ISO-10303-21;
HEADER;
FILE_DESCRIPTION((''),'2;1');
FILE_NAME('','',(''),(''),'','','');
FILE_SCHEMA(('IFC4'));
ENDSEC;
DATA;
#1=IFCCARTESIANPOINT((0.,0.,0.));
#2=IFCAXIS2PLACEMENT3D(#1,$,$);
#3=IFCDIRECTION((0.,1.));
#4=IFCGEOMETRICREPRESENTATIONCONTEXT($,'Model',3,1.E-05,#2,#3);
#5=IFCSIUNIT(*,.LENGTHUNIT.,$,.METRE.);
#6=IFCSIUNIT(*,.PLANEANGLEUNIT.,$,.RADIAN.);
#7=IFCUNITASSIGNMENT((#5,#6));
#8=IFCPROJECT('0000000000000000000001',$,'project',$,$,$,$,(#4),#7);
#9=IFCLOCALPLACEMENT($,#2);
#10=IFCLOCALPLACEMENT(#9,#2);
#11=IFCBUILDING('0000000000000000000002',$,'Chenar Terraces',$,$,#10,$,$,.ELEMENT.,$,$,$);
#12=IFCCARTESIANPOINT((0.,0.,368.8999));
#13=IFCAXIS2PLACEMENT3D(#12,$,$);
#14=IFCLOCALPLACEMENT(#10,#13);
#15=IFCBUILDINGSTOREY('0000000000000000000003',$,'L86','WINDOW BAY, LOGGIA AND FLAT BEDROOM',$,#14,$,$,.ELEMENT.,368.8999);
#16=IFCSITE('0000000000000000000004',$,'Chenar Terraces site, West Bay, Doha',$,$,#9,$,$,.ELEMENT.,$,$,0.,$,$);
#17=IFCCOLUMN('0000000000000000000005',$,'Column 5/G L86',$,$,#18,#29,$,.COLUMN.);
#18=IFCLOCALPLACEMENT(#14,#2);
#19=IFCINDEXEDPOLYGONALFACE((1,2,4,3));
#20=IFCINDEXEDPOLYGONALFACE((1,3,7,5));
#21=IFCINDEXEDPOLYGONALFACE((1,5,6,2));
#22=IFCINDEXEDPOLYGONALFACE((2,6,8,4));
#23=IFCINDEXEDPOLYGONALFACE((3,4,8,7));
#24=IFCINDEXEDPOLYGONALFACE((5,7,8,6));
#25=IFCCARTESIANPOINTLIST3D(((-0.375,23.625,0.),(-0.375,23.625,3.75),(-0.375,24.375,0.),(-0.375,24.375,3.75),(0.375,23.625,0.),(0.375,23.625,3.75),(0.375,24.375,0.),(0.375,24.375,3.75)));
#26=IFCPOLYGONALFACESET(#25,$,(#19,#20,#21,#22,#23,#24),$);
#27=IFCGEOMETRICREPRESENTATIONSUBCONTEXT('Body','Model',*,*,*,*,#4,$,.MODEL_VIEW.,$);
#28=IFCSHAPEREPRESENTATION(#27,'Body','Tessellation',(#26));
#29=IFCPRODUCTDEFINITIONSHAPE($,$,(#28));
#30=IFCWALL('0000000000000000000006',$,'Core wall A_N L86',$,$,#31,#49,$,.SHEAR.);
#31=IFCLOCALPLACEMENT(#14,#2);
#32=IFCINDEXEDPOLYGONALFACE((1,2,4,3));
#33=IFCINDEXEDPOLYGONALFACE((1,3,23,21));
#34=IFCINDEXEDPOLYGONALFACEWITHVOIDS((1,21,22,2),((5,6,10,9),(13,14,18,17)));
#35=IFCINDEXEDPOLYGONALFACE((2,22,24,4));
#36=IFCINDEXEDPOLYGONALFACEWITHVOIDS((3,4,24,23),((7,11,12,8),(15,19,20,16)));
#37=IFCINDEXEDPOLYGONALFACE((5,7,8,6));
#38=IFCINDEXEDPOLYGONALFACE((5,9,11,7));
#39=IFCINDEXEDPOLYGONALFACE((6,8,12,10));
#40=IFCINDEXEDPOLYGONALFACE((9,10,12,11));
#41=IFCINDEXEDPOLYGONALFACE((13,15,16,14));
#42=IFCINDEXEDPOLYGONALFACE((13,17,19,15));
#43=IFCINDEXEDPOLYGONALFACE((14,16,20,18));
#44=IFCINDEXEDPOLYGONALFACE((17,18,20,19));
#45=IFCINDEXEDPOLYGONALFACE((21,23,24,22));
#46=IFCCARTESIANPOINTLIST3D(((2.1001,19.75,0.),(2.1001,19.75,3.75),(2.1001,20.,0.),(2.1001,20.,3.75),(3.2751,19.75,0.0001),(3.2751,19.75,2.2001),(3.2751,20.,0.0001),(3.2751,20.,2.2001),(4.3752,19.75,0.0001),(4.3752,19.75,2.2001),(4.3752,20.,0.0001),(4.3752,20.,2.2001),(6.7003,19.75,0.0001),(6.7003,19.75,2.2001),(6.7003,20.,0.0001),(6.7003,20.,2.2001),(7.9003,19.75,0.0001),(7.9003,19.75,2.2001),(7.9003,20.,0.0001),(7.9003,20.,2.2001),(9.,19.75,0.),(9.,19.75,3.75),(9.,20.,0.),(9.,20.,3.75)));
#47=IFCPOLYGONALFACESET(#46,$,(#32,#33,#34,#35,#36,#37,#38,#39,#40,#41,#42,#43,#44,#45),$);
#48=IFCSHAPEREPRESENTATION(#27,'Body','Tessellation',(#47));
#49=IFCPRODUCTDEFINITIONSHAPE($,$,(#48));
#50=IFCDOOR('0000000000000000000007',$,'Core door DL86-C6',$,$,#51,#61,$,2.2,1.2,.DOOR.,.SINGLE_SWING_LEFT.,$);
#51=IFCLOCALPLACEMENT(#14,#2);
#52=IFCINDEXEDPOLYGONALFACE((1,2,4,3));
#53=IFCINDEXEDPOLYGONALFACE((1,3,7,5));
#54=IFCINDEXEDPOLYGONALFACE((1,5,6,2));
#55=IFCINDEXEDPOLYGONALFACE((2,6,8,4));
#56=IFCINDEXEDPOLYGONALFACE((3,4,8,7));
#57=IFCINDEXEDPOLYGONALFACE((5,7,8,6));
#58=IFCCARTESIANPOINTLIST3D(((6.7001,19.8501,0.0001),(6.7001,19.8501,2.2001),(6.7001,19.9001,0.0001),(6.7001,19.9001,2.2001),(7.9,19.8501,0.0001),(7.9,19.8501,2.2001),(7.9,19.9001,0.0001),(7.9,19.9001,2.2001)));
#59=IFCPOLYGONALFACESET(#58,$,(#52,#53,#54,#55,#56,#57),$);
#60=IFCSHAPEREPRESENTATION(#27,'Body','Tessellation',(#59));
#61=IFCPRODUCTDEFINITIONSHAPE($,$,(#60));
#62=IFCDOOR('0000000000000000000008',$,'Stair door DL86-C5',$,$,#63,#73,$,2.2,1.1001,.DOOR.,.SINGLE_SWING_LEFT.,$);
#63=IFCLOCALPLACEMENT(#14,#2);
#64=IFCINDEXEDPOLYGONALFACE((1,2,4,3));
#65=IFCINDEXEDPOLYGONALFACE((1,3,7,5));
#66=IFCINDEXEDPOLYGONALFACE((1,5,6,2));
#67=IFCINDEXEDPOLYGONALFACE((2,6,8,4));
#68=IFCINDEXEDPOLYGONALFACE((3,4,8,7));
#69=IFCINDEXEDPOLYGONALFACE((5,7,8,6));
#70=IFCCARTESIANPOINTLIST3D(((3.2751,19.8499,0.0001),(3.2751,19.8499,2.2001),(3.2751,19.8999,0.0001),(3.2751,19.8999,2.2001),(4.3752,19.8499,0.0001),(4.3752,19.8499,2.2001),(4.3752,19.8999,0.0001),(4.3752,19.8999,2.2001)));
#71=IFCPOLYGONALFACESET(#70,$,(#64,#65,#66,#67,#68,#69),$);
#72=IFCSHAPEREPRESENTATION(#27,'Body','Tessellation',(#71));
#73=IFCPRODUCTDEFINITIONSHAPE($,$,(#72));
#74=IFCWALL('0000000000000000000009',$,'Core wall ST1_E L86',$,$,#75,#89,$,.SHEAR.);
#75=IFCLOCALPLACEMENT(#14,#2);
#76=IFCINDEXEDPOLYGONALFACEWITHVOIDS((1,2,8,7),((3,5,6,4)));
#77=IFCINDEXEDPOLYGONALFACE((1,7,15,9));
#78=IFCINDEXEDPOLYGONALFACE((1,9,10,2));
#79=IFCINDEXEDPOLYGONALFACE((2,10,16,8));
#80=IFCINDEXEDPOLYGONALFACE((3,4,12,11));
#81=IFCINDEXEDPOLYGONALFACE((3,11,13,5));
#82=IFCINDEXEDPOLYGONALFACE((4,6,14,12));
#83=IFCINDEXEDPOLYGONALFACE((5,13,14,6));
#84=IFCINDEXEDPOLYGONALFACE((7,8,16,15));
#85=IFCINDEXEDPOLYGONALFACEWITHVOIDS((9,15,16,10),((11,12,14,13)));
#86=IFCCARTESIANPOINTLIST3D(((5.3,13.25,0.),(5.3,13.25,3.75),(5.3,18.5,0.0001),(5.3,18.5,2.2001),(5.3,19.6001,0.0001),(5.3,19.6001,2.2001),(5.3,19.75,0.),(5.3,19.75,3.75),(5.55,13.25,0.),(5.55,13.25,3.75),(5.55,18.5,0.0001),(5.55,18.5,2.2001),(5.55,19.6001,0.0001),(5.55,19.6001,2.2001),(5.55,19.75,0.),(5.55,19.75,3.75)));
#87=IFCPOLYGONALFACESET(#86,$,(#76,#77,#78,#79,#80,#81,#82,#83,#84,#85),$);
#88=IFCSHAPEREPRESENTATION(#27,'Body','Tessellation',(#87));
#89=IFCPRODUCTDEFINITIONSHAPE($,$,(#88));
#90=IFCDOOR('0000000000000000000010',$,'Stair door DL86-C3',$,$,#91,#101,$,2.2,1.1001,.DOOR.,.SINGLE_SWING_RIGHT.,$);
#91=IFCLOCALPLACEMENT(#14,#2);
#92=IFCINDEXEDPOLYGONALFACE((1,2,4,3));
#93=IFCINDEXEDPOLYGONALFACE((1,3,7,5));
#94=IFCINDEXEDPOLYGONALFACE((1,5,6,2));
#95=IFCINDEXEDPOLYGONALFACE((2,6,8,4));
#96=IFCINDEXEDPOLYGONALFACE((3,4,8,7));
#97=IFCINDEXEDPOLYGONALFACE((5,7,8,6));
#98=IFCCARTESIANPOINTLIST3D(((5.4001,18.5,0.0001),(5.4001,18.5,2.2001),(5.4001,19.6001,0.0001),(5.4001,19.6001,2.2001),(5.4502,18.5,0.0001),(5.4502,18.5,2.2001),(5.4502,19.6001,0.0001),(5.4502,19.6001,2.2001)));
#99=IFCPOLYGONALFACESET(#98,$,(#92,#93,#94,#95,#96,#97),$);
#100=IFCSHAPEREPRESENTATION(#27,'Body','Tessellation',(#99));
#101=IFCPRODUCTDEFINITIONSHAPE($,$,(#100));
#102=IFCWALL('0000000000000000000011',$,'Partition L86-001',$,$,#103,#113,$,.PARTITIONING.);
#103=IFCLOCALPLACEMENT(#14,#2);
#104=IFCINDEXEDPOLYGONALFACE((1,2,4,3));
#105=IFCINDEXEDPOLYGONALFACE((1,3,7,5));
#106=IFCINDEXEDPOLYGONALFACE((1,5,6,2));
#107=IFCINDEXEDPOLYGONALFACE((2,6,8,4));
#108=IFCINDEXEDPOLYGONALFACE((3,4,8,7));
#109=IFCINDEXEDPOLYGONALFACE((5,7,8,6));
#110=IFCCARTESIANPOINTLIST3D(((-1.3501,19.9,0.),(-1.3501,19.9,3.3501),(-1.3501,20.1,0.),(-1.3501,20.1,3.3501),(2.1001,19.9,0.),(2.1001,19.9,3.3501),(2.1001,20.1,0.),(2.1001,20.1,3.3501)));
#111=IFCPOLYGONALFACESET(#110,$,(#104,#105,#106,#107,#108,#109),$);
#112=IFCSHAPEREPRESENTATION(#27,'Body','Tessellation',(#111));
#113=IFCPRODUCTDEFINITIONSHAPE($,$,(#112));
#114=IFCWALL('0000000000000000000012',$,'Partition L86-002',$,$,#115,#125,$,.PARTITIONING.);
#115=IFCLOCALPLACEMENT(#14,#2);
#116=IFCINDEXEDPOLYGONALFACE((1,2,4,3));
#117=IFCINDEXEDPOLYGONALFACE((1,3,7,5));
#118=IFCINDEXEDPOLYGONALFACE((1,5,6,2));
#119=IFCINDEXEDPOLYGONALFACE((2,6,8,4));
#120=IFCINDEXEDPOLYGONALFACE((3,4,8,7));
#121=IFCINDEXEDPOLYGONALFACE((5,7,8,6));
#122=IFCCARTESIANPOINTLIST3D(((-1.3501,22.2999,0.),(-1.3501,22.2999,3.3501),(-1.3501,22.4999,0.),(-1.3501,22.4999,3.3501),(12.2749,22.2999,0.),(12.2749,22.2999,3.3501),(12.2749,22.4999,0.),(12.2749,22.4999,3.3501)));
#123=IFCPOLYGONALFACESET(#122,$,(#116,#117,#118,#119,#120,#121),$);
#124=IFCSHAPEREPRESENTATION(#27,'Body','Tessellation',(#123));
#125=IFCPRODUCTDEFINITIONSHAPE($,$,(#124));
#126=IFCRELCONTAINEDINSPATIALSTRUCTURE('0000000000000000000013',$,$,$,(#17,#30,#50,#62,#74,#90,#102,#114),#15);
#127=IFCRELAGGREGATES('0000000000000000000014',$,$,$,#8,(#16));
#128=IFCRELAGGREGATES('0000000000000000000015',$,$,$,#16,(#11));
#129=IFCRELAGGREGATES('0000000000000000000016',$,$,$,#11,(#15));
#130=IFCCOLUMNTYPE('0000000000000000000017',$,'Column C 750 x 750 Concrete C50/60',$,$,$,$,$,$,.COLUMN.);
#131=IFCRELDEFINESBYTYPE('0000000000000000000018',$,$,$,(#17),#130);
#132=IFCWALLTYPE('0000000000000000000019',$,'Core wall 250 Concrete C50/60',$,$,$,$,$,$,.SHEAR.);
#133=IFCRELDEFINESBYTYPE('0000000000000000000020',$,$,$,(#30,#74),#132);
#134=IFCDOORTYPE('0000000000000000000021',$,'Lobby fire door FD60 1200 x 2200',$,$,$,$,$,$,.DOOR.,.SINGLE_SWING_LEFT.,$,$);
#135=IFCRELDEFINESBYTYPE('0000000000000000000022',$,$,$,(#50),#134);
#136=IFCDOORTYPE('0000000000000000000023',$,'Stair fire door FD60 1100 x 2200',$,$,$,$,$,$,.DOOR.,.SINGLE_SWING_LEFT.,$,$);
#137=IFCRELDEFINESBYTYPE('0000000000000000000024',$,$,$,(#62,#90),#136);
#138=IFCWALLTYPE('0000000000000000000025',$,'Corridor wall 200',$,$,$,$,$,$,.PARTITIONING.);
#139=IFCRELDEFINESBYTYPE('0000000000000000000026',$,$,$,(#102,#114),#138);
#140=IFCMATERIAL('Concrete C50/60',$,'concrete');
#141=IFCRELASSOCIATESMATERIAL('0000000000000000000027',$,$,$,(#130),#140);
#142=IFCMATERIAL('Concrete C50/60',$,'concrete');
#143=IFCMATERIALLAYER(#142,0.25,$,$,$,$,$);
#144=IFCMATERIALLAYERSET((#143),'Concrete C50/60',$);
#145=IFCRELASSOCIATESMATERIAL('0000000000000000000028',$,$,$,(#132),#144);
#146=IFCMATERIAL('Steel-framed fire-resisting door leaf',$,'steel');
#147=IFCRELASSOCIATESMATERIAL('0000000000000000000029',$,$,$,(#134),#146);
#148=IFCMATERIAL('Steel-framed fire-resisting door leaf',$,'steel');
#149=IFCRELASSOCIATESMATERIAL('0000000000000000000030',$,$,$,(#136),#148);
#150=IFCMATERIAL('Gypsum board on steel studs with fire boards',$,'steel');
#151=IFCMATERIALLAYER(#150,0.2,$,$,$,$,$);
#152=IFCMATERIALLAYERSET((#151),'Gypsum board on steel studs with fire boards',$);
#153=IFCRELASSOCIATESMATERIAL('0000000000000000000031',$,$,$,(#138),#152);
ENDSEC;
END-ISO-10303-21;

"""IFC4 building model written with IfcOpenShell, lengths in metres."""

from ifc_helpers import new_model, si_unit, direction, frame, frame_2d, origin, origin_2d, place, context, subcontext, project, spatial, rectangle, extrude, material, layer, layer_set, material_profile, profile_set, type_object, element, fill, save


model = new_model("IFC4")

# Units and contexts
model_context = context("Model", 3, precision=1e-05, world=origin(), true_north=direction((0.0, 1.0)))
body_context = subcontext(model_context, "Body", "Model", "MODEL_VIEW")
ifc_project = project(units=[si_unit("LENGTHUNIT", "METRE"), si_unit("PLANEANGLEUNIT", "RADIAN")], contexts=[model_context])

# Site, building, storey
site_placement = place(None, origin())
site = spatial("IfcSite", under=ifc_project, at=site_placement, Name="Chenar Terraces site, West Bay, Doha", CompositionType="ELEMENT", RefElevation=0.0)
building_placement = place(site_placement, origin())
building = spatial("IfcBuilding", under=site, at=building_placement, Name="Chenar Terraces", CompositionType="ELEMENT")
storey_placement = place(building_placement, frame((0.0, 0.0, 368.8999)))
storey = spatial("IfcBuildingStorey", under=building, at=storey_placement, Name="L86", Description="WINDOW BAY, LOGGIA AND FLAT BEDROOM", CompositionType="ELEMENT", Elevation=368.8999)

# Column
ifc_material_1 = material(Name="Concrete C50/60", Category="concrete")
ifc_material_profile_1 = material_profile(ifc_material_1, rectangle(XDim=0.75, YDim=0.75, at=origin_2d()), Name="C 750 x 750")
ifc_profile_set_1 = profile_set([ifc_material_profile_1], Name="Concrete C50/60")
column_type = type_object("IfcColumnType", Name="Column C 750 x 750 Concrete C50/60", PredefinedType="COLUMN", material=ifc_profile_set_1)
column_placement = place(storey_placement, frame((0.0, 24.0, 0.0), z_axis=(0.0, 0.0, 1.0), x_axis=(1.0, 0.0, 0.0)))
element("IfcColumn", 1, at=column_placement, inside=storey, type_object=column_type, Name="Column 5/G L86", PredefinedType="COLUMN", context=body_context, shape_type="SweptSolid", body=[
    extrude(rectangle(XDim=0.75, YDim=0.75, at=origin_2d()), origin(), (0.0, 0.0, 1.0), 3.75),
])

# Wall, openings, doors
ifc_material_2 = material(Name="Concrete C50/60", Category="concrete")
ifc_layer_1 = layer(ifc_material_2, 0.25)
ifc_layer_set_1 = layer_set([ifc_layer_1], Name="Concrete C50/60")
wall_type_1 = type_object("IfcWallType", Name="Core wall 250 Concrete C50/60", PredefinedType="SHEAR", material=ifc_layer_set_1)
wall_1_placement = place(storey_placement, frame((2.1001, 19.875, 0.0), z_axis=(0.0, 0.0, 1.0), x_axis=(1.0, 0.0, 0.0)))
wall_1 = element("IfcWall", 2, at=wall_1_placement, inside=storey, type_object=wall_type_1, Name="Core wall A_N L86", PredefinedType="SHEAR", context=body_context, shape_type="SweptSolid", body=[
    extrude(rectangle(XDim=6.8999, YDim=0.25, at=frame_2d((3.45, 0.0))), origin(), (0.0, 0.0, 1.0), 3.75),
])
opening_1_placement = place(wall_1_placement, frame((1.175, 0.0, 0.0)))
opening_1 = element("IfcOpeningElement", 3, at=opening_1_placement, cuts=wall_1, PredefinedType="OPENING", context=body_context, shape_type="SweptSolid", body=[
    extrude(rectangle(XDim=1.1001, YDim=2.2, at=frame_2d((0.55, 1.1001))), frame((0.0, 0.135, 0.0), z_axis=(0.0, -1.0, 0.0), x_axis=(1.0, 0.0, 0.0)), (0.0, 0.0, 1.0), 0.27),
])
opening_2_placement = place(wall_1_placement, frame((4.6001, 0.0, 0.0)))
opening_2 = element("IfcOpeningElement", 4, at=opening_2_placement, cuts=wall_1, PredefinedType="OPENING", context=body_context, shape_type="SweptSolid", body=[
    extrude(rectangle(XDim=1.2, YDim=2.2, at=frame_2d((0.6001, 1.1001))), frame((0.0, 0.135, 0.0), z_axis=(0.0, -1.0, 0.0), x_axis=(1.0, 0.0, 0.0)), (0.0, 0.0, 1.0), 0.27),
])
ifc_material_3 = material(Name="Steel-framed fire-resisting door leaf", Category="steel")
door_type_1 = type_object("IfcDoorType", Name="Lobby fire door FD60 1200 x 2200", OperationType="SINGLE_SWING_LEFT", PredefinedType="DOOR", material=ifc_material_3)
door_1_placement = place(opening_2_placement, frame((1.2, 0.0, 0.0), z_axis=(0.0, 0.0, 1.0), x_axis=(-1.0, 0.0, 0.0)))
door_1 = element("IfcDoor", 5, at=door_1_placement, inside=storey, type_object=door_type_1, Name="Core door DL86-C6", OperationType="SINGLE_SWING_LEFT", OverallHeight=2.2, OverallWidth=1.2, PredefinedType="DOOR", context=body_context, shape_type="SweptSolid", body=[
    extrude(rectangle(XDim=1.2, YDim=2.2, at=frame_2d((0.6001, 1.1001))), frame((0.0, 0.0249, 0.0), z_axis=(0.0, -1.0, 0.0), x_axis=(1.0, 0.0, 0.0)), (0.0, 0.0, 1.0), 0.05),
])
fill(opening_2, door_1)
ifc_material_4 = material(Name="Steel-framed fire-resisting door leaf", Category="steel")
door_type_2 = type_object("IfcDoorType", Name="Stair fire door FD60 1100 x 2200", OperationType="SINGLE_SWING_LEFT", PredefinedType="DOOR", material=ifc_material_4)
door_2_placement = place(opening_1_placement, origin())
door_2 = element("IfcDoor", 6, at=door_2_placement, inside=storey, type_object=door_type_2, Name="Stair door DL86-C5", OperationType="SINGLE_SWING_LEFT", OverallHeight=2.2, OverallWidth=1.1001, PredefinedType="DOOR", context=body_context, shape_type="SweptSolid", body=[
    extrude(rectangle(XDim=1.1001, YDim=2.2, at=frame_2d((0.55, 1.1001))), frame((0.0, 0.0249, 0.0), z_axis=(0.0, -1.0, 0.0), x_axis=(1.0, 0.0, 0.0)), (0.0, 0.0, 1.0), 0.05),
])
fill(opening_1, door_2)

# Wall, opening, door
wall_2_placement = place(storey_placement, frame((5.425, 13.25, 0.0), z_axis=(0.0, 0.0, 1.0), x_axis=(0.0, 1.0, 0.0)))
wall_2 = element("IfcWall", 7, at=wall_2_placement, inside=storey, type_object=wall_type_1, Name="Core wall ST1_E L86", PredefinedType="SHEAR", context=body_context, shape_type="SweptSolid", body=[
    extrude(rectangle(XDim=6.5, YDim=0.25, at=frame_2d((3.25, 0.0))), origin(), (0.0, 0.0, 1.0), 3.75),
])
opening_3_placement = place(wall_2_placement, frame((5.25, 0.0, 0.0)))
opening_3 = element("IfcOpeningElement", 8, at=opening_3_placement, cuts=wall_2, PredefinedType="OPENING", context=body_context, shape_type="SweptSolid", body=[
    extrude(rectangle(XDim=1.1001, YDim=2.2, at=frame_2d((0.55, 1.1001))), frame((0.0, 0.135, 0.0), z_axis=(0.0, -1.0, 0.0), x_axis=(1.0, 0.0, 0.0)), (0.0, 0.0, 1.0), 0.27),
])
door_3_placement = place(opening_3_placement, origin())
door_3 = element("IfcDoor", 9, at=door_3_placement, inside=storey, type_object=door_type_2, Name="Stair door DL86-C3", OperationType="SINGLE_SWING_RIGHT", OverallHeight=2.2, OverallWidth=1.1001, PredefinedType="DOOR", context=body_context, shape_type="SweptSolid", body=[
    extrude(rectangle(XDim=1.1001, YDim=2.2, at=frame_2d((0.55, 1.1001))), frame((0.0, 0.0249, 0.0), z_axis=(0.0, -1.0, 0.0), x_axis=(1.0, 0.0, 0.0)), (0.0, 0.0, 1.0), 0.05),
])
fill(opening_3, door_3)

# Walls
ifc_material_5 = material(Name="Gypsum board on steel studs with fire boards", Category="steel")
ifc_layer_2 = layer(ifc_material_5, 0.2)
ifc_layer_set_2 = layer_set([ifc_layer_2], Name="Gypsum board on steel studs with fire boards")
wall_type_2 = type_object("IfcWallType", Name="Corridor wall 200", PredefinedType="PARTITIONING", material=ifc_layer_set_2)
wall_3_placement = place(storey_placement, frame((-1.3501, 20.0, 0.0), z_axis=(0.0, 0.0, 1.0), x_axis=(1.0, 0.0, 0.0)))
element("IfcWall", 10, at=wall_3_placement, inside=storey, type_object=wall_type_2, Name="Partition L86-001", PredefinedType="PARTITIONING", context=body_context, shape_type="SweptSolid", body=[
    extrude(rectangle(XDim=3.4502, YDim=0.2, at=frame_2d((1.7251, 0.0))), origin(), (0.0, 0.0, 1.0), 3.3501),
])
wall_4_placement = place(storey_placement, frame((-1.3501, 22.3999, 0.0), z_axis=(0.0, 0.0, 1.0), x_axis=(1.0, 0.0, 0.0)))
element("IfcWall", 11, at=wall_4_placement, inside=storey, type_object=wall_type_2, Name="Partition L86-002", PredefinedType="PARTITIONING", context=body_context, shape_type="SweptSolid", body=[
    extrude(rectangle(XDim=13.625, YDim=0.2, at=frame_2d((6.8125, 0.0))), origin(), (0.0, 0.0, 1.0), 3.3501),
])

save(model, "model.ifc")
